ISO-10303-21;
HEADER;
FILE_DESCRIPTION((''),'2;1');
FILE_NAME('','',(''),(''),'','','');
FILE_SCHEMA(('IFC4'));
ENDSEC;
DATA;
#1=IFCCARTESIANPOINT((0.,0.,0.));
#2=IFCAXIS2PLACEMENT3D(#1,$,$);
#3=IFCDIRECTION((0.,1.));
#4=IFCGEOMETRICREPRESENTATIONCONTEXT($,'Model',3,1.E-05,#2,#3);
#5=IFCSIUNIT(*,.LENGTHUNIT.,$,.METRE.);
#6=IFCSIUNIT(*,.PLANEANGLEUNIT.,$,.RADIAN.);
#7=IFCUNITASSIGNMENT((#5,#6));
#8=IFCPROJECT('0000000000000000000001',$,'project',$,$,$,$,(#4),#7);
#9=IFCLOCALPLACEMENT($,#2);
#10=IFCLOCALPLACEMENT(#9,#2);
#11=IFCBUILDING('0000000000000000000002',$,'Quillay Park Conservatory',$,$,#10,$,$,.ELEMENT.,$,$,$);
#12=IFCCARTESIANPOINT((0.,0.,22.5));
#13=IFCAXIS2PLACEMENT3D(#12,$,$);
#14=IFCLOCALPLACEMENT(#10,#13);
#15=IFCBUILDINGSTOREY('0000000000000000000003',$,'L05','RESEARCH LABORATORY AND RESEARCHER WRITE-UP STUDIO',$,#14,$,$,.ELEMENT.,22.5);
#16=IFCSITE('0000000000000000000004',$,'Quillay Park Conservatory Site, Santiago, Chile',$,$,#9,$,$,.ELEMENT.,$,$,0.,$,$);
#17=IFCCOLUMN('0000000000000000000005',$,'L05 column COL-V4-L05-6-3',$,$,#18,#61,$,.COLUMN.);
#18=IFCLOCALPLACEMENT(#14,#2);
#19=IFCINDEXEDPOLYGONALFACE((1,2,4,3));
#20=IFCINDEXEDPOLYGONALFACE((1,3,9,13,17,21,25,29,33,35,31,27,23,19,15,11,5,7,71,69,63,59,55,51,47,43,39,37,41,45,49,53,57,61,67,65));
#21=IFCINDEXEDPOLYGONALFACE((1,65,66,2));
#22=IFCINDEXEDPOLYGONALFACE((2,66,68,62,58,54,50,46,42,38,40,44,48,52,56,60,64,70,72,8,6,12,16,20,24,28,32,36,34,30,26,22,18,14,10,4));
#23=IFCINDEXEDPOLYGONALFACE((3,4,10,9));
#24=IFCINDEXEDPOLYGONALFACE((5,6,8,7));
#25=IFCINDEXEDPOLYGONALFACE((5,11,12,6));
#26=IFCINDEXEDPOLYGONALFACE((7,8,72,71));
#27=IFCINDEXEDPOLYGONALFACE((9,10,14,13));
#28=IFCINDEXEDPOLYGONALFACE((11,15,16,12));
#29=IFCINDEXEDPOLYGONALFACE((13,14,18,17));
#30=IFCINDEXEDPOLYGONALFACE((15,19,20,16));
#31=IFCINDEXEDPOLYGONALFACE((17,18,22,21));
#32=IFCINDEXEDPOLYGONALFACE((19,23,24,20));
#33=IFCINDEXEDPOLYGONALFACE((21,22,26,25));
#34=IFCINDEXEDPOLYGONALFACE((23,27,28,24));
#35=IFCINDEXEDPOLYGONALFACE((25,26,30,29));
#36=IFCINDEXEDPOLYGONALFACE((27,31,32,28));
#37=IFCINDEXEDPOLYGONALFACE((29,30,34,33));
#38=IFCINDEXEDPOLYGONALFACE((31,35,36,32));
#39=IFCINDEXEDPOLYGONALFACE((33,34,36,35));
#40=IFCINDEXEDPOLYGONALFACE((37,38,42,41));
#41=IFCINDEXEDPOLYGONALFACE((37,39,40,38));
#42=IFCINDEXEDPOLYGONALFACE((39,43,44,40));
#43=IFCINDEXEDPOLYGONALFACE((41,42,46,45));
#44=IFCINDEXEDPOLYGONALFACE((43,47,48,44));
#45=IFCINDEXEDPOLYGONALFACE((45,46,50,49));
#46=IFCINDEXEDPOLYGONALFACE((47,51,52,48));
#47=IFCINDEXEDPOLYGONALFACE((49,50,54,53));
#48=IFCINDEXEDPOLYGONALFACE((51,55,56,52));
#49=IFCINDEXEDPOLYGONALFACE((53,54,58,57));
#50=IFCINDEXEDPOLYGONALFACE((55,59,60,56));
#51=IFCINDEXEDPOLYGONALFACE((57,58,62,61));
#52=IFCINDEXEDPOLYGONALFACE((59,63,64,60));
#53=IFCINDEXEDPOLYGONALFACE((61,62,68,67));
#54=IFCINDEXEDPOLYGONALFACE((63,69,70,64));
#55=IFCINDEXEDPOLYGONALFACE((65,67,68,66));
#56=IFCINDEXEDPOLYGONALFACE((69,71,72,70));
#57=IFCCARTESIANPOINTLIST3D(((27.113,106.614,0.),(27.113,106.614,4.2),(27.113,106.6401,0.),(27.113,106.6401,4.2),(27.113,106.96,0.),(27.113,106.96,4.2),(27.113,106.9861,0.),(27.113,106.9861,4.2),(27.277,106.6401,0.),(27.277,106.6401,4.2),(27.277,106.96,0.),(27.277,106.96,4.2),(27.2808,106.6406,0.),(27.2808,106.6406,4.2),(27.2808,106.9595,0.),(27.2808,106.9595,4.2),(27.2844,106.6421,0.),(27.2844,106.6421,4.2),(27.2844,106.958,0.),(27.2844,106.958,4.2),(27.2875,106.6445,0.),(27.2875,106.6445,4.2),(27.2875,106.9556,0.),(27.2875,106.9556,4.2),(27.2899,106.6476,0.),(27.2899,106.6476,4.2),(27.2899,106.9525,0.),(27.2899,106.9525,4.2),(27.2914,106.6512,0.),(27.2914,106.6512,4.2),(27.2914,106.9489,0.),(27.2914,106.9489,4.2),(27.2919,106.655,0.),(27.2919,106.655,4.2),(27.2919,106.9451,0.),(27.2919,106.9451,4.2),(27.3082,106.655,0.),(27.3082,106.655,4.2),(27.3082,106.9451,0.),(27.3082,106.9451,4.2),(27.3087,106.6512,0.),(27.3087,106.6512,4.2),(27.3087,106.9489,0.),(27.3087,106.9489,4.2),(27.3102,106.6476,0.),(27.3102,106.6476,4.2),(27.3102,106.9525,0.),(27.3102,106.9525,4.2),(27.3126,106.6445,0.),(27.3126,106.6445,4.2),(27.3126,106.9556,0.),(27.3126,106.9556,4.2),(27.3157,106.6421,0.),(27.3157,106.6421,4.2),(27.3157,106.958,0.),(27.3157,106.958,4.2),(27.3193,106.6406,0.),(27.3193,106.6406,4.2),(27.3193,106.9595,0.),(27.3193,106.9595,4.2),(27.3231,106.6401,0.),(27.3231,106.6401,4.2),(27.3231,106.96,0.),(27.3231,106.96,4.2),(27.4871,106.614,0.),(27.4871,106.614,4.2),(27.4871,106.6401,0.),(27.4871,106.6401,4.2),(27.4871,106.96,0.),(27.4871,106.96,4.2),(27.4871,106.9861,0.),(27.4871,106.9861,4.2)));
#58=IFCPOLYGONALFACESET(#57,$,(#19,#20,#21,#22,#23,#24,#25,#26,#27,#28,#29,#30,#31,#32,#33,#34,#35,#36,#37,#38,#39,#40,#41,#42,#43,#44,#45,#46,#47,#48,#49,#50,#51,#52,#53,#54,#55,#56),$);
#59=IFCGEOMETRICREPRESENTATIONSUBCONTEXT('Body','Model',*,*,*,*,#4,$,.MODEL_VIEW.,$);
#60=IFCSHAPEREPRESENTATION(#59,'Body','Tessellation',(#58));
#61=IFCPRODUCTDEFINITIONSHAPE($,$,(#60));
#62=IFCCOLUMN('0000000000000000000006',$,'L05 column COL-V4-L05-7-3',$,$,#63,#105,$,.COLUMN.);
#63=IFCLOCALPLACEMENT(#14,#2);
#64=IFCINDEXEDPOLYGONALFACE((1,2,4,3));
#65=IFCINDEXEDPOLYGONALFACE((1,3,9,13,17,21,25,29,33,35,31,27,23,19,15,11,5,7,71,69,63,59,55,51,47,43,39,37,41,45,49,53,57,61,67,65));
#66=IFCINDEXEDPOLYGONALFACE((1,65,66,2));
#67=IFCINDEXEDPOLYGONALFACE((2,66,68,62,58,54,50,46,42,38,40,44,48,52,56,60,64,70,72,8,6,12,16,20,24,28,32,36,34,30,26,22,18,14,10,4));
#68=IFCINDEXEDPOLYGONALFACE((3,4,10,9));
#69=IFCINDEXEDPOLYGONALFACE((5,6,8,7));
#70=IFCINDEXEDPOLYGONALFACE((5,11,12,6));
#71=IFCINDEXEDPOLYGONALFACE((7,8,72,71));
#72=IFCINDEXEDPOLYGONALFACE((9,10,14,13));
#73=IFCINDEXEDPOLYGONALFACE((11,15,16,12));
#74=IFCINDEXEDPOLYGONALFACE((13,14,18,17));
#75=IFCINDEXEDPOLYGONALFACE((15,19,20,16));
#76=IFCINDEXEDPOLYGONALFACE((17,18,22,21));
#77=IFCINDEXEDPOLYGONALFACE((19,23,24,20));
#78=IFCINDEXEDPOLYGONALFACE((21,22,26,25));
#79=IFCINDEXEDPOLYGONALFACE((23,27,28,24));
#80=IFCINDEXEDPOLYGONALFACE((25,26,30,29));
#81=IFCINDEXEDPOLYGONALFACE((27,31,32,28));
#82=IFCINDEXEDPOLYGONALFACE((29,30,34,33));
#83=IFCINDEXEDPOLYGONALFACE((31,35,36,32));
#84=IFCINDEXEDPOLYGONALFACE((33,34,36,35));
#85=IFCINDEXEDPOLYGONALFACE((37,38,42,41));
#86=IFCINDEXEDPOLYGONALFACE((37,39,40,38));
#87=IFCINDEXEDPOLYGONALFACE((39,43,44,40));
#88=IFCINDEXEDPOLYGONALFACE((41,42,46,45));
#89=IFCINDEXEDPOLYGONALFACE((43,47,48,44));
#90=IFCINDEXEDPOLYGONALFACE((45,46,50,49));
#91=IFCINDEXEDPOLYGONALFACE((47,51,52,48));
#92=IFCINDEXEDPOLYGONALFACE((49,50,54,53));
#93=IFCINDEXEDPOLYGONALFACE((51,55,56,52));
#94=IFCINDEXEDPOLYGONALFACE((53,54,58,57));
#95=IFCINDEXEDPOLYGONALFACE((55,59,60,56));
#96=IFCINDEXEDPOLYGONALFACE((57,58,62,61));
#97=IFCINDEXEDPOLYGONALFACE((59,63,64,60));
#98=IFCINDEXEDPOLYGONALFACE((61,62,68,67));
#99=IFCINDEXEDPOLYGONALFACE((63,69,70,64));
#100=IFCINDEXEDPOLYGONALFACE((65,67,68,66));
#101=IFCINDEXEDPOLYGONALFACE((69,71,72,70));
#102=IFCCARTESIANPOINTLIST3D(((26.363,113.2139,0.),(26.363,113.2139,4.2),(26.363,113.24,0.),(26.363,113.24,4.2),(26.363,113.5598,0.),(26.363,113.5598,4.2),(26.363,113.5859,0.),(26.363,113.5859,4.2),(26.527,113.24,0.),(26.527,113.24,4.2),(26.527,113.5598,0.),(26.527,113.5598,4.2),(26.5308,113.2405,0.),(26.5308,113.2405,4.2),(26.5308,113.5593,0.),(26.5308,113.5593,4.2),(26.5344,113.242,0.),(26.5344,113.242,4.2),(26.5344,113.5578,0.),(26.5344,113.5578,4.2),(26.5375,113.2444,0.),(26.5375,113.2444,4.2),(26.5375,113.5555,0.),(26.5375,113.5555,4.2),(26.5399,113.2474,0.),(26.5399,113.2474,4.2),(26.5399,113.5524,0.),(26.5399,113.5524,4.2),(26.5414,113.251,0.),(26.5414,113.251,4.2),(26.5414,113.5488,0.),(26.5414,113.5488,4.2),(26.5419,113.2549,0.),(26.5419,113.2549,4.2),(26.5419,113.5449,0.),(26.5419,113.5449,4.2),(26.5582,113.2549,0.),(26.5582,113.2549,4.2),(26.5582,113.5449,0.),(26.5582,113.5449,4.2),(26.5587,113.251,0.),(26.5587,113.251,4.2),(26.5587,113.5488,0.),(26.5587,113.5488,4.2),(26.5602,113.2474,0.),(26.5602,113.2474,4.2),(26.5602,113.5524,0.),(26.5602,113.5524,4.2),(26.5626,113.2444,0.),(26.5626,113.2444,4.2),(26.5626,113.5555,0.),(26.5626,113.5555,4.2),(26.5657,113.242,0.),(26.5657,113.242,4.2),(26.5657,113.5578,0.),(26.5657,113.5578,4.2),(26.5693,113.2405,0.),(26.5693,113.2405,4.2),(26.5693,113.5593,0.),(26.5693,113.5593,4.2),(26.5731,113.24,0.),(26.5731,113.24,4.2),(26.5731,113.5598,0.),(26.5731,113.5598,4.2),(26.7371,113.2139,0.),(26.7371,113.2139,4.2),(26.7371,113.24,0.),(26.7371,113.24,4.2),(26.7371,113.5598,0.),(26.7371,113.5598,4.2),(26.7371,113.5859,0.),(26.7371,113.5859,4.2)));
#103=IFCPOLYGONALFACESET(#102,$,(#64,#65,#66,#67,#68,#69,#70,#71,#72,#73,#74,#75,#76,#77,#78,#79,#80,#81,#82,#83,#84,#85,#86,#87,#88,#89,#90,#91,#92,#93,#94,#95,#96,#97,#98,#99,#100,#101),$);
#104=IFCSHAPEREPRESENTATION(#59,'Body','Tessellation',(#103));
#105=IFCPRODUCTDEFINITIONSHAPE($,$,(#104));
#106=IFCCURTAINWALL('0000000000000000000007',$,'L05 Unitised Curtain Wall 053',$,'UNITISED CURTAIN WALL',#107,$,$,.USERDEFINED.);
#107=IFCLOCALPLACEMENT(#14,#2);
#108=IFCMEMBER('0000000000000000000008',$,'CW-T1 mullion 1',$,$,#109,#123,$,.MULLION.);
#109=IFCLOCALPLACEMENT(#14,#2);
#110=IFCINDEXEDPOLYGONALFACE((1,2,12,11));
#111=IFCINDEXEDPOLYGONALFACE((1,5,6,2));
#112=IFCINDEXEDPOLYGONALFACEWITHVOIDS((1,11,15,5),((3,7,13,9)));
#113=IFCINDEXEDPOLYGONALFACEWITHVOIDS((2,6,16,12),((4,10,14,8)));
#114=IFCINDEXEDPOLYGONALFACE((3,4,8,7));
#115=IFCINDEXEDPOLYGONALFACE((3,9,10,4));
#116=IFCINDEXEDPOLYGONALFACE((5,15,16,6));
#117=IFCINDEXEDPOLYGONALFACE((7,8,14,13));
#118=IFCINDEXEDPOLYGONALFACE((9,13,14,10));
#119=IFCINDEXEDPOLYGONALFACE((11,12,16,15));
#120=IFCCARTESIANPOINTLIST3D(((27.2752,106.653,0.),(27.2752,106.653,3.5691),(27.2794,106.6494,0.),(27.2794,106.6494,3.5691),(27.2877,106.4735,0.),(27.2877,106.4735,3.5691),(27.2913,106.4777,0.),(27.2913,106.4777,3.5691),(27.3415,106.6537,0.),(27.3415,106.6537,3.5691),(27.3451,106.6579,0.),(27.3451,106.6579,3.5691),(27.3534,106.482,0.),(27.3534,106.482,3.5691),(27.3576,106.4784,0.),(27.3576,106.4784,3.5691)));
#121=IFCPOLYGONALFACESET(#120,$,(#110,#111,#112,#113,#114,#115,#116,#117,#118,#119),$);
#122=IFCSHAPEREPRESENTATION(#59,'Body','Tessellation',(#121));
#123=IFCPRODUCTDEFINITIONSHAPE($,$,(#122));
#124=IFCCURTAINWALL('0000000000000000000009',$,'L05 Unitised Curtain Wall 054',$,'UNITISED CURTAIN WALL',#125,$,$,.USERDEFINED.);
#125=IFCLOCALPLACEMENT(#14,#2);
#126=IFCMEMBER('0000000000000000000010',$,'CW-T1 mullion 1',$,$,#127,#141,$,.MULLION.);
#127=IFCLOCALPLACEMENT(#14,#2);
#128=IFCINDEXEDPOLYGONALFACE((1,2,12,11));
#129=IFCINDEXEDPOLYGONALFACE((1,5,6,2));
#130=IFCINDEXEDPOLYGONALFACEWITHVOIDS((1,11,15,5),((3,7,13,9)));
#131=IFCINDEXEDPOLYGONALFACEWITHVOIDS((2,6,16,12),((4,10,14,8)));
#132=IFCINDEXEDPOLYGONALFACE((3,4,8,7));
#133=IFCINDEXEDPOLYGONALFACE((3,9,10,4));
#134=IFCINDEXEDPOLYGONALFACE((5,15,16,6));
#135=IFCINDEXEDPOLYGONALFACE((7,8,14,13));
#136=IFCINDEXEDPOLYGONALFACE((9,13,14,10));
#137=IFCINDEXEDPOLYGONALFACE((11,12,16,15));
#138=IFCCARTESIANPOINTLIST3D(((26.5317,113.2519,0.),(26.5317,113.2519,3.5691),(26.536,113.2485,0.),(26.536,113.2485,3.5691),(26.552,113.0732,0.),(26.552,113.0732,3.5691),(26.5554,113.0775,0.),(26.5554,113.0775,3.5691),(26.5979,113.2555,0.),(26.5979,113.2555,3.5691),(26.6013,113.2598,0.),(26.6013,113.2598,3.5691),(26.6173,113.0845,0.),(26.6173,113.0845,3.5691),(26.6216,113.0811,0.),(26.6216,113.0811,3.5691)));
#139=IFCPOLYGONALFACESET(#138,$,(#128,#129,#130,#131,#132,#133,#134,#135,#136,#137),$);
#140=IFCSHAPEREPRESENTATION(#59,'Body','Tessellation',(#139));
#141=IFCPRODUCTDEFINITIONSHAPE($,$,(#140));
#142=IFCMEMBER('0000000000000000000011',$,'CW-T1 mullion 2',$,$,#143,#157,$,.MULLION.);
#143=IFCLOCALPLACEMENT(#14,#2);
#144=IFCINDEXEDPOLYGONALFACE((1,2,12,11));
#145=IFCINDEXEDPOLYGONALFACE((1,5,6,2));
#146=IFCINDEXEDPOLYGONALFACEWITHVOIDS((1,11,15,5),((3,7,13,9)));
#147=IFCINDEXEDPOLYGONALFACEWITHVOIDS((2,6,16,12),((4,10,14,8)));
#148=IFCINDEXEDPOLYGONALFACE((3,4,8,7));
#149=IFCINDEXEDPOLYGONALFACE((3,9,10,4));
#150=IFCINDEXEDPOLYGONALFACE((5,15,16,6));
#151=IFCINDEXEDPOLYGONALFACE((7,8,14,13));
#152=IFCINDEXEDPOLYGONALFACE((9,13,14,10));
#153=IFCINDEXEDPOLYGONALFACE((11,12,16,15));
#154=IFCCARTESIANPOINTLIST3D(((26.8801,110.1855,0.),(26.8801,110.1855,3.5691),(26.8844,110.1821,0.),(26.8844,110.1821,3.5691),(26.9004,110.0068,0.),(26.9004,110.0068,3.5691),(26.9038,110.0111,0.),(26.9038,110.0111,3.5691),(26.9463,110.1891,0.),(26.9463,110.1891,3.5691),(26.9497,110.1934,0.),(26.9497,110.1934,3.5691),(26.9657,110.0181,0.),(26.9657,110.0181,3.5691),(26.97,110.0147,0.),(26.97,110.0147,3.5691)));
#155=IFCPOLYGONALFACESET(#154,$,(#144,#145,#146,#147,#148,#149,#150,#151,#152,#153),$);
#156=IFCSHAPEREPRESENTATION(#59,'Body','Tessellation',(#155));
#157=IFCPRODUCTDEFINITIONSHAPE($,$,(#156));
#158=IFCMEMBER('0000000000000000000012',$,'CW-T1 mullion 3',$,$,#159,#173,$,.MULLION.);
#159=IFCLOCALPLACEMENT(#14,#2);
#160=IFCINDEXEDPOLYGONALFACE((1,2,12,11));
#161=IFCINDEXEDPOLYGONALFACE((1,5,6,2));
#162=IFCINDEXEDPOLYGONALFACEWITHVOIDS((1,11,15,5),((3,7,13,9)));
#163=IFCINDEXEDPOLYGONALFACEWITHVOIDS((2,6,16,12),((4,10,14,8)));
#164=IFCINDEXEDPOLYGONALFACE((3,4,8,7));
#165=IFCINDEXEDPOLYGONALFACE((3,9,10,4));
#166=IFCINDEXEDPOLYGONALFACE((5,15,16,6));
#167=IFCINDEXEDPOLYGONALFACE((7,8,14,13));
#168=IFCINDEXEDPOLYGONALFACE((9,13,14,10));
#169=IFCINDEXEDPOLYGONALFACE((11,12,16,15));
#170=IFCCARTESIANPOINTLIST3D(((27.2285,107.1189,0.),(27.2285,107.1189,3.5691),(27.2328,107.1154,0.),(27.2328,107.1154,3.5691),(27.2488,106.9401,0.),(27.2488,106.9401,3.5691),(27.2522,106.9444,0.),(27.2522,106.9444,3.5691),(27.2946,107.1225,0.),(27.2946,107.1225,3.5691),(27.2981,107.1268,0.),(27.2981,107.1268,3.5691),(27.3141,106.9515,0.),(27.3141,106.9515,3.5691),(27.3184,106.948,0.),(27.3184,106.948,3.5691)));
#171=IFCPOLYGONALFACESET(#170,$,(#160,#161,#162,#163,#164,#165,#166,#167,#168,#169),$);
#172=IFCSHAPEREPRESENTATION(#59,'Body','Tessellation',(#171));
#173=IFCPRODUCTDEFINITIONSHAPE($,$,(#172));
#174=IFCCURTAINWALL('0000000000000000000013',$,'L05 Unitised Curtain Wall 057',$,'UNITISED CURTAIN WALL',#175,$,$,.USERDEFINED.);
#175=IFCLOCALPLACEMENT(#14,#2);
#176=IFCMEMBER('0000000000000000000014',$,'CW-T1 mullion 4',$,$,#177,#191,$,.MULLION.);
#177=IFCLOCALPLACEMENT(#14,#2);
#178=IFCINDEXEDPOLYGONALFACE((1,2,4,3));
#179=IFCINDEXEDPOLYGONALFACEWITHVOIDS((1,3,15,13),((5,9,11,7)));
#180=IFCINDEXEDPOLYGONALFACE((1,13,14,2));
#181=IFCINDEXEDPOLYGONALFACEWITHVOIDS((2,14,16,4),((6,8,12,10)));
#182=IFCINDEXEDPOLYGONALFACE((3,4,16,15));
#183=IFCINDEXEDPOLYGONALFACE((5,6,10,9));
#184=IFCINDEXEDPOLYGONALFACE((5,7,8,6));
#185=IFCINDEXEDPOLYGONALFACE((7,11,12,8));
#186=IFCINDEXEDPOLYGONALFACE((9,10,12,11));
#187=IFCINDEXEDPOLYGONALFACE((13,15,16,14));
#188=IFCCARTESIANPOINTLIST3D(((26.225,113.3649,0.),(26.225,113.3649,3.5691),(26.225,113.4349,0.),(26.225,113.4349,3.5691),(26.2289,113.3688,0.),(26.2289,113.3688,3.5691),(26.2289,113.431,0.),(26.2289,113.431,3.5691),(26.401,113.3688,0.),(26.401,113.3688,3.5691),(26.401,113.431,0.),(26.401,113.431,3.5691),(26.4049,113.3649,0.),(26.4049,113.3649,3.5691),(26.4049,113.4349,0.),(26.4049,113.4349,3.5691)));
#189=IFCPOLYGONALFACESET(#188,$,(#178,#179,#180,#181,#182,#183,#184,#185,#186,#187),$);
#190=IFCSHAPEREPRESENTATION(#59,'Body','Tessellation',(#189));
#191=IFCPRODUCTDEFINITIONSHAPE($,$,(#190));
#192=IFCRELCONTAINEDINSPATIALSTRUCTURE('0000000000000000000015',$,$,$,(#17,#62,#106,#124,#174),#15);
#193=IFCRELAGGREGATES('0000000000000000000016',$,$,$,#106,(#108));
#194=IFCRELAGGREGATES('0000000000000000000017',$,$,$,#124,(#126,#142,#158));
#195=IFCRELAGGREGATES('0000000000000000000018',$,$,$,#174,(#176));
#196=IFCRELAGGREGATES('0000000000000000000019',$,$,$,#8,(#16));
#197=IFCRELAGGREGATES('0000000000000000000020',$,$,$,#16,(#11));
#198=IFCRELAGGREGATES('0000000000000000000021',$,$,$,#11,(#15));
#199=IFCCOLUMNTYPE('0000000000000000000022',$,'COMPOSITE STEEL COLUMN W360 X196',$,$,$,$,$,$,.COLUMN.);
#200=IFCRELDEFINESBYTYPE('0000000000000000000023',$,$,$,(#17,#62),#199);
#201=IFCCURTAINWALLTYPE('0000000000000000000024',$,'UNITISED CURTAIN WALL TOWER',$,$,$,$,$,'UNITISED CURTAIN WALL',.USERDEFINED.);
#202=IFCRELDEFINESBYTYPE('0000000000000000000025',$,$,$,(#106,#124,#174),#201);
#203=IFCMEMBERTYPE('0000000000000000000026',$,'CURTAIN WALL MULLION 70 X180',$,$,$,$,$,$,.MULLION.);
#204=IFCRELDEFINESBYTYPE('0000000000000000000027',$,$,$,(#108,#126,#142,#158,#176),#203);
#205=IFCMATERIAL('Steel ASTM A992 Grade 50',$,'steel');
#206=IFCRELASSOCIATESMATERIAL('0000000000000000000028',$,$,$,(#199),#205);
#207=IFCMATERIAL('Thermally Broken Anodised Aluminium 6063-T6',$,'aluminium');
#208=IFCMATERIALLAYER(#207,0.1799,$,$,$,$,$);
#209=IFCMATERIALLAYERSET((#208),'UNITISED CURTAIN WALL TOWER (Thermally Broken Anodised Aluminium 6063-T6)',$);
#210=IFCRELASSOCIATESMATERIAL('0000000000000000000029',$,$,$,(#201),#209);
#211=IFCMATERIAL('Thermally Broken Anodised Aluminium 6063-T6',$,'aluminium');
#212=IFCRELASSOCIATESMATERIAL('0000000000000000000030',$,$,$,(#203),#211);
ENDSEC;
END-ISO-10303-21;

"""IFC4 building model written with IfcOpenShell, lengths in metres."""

from ifc_helpers import new_model, si_unit, direction, frame, origin, origin_2d, place, context, subcontext, project, spatial, hollow_rectangle, i_section, extrude, material, layer, layer_set, material_profile, profile_set, type_object, element, aggregate, save


model = new_model("IFC4")

# Units and contexts
model_context = context("Model", 3, precision=1e-05, world=origin(), true_north=direction((0.0, 1.0)))
body_context = subcontext(model_context, "Body", "Model", "MODEL_VIEW")
ifc_project = project(units=[si_unit("LENGTHUNIT", "METRE"), si_unit("PLANEANGLEUNIT", "RADIAN")], contexts=[model_context])

# Site, building, storey
site_placement = place(None, origin())
site = spatial("IfcSite", under=ifc_project, at=site_placement, Name="Quillay Park Conservatory Site, Santiago, Chile", CompositionType="ELEMENT", RefElevation=0.0)
building_placement = place(site_placement, origin())
building = spatial("IfcBuilding", under=site, at=building_placement, Name="Quillay Park Conservatory", CompositionType="ELEMENT")
storey_placement = place(building_placement, frame((0.0, 0.0, 22.5)))
storey = spatial("IfcBuildingStorey", under=building, at=storey_placement, Name="L05", Description="RESEARCH LABORATORY AND RESEARCHER WRITE-UP STUDIO", CompositionType="ELEMENT", Elevation=22.5)

# Columns
ifc_material_1 = material(Name="Steel ASTM A992 Grade 50", Category="steel")
ifc_material_profile_1 = material_profile(ifc_material_1, i_section(OverallWidth=0.374, OverallDepth=0.3721, WebThickness=0.0164, FlangeThickness=0.0261, FilletRadius=0.0149, at=origin_2d()), Name="W360x196")
ifc_profile_set_1 = profile_set([ifc_material_profile_1], Name="Steel ASTM A992 Grade 50")
column_type = type_object("IfcColumnType", Name="COMPOSITE STEEL COLUMN W360 X196", PredefinedType="COLUMN", material=ifc_profile_set_1)
for number, where, z_axis, x_axis, name in (
    (1, (27.3, 106.8, 0.0), (0.0, 0.0, 1.0), (1.0, 0.0, 0.0), "L05 column COL-V4-L05-6-3"),
    (2, (26.55, 113.3999, 0.0), (0.0, 0.0, 1.0), (1.0, 0.0, 0.0), "L05 column COL-V4-L05-7-3"),
):
    element("IfcColumn", number, at=place(storey_placement, frame(where, z_axis=z_axis, x_axis=x_axis)), inside=storey, type_object=column_type, Name=name, PredefinedType="COLUMN", context=body_context, shape_type="SweptSolid", body=[
        extrude(i_section(OverallWidth=0.374, OverallDepth=0.3721, WebThickness=0.0164, FlangeThickness=0.0261, FilletRadius=0.0149, at=origin_2d()), origin(), (0.0, 0.0, 1.0), 4.2),
    ])

# Curtain wall, member
ifc_material_2 = material(Name="Thermally Broken Anodised Aluminium 6063-T6", Category="aluminium")
ifc_layer_1 = layer(ifc_material_2, 0.1799)
ifc_layer_set_1 = layer_set([ifc_layer_1], Name="UNITISED CURTAIN WALL TOWER (Thermally Broken Anodised Aluminium 6063-T6)")
curtain_wall_type = type_object("IfcCurtainWallType", Name="UNITISED CURTAIN WALL TOWER", ElementType="UNITISED CURTAIN WALL", PredefinedType="USERDEFINED", material=ifc_layer_set_1)
curtain_wall_1_placement = place(storey_placement, origin())
curtain_wall_1 = element("IfcCurtainWall", 3, at=curtain_wall_1_placement, inside=storey, type_object=curtain_wall_type, Name="L05 Unitised Curtain Wall 053", ObjectType="UNITISED CURTAIN WALL", PredefinedType="USERDEFINED")
ifc_material_3 = material(Name="Thermally Broken Anodised Aluminium 6063-T6", Category="aluminium")
ifc_material_profile_2 = material_profile(ifc_material_3, hollow_rectangle(XDim=0.0701, YDim=0.1799, WallThickness=0.0039, at=origin_2d()), Name="AL70x180x4")
ifc_profile_set_2 = profile_set([ifc_material_profile_2], Name="Thermally Broken Anodised Aluminium 6063-T6")
member_type_1 = type_object("IfcMemberType", Name="CURTAIN WALL MULLION 70 X180", PredefinedType="MULLION", material=ifc_profile_set_2)
member_1_placement = place(storey_placement, frame((27.3164, 106.5657, 0.0), z_axis=(0.0, 0.0, 1.0), x_axis=(0.997598, 0.069264, 0.0)))
member_1 = element("IfcMember", 4, at=member_1_placement, type_object=member_type_1, Name="CW-T1 mullion 1", PredefinedType="MULLION", context=body_context, shape_type="SweptSolid", body=[
    extrude(hollow_rectangle(XDim=0.0701, YDim=0.1799, WallThickness=0.0039, at=origin_2d()), origin(), (0.0, 0.0, 1.0), 3.5691),
])

# Curtain wall, members
curtain_wall_2_placement = place(storey_placement, origin())
curtain_wall_2 = element("IfcCurtainWall", 5, at=curtain_wall_2_placement, inside=storey, type_object=curtain_wall_type, Name="L05 Unitised Curtain Wall 054", ObjectType="UNITISED CURTAIN WALL", PredefinedType="USERDEFINED")
member_2_placement = place(storey_placement, frame((26.5767, 113.1665, 0.0), z_axis=(0.0, 0.0, 1.0), x_axis=(0.993606, 0.112903, 0.0)))
member_2 = element("IfcMember", 6, at=member_2_placement, type_object=member_type_1, Name="CW-T1 mullion 1", PredefinedType="MULLION", context=body_context, shape_type="SweptSolid", body=[
    extrude(hollow_rectangle(XDim=0.0701, YDim=0.1799, WallThickness=0.0039, at=origin_2d()), origin(), (0.0, 0.0, 1.0), 3.5691),
])
member_3_placement = place(storey_placement, frame((26.925, 110.1001, 0.0), z_axis=(0.0, 0.0, 1.0), x_axis=(0.993606, 0.112903, 0.0)))
member_3 = element("IfcMember", 7, at=member_3_placement, type_object=member_type_1, Name="CW-T1 mullion 2", PredefinedType="MULLION", context=body_context, shape_type="SweptSolid", body=[
    extrude(hollow_rectangle(XDim=0.0701, YDim=0.1799, WallThickness=0.0039, at=origin_2d()), origin(), (0.0, 0.0, 1.0), 3.5691),
])
member_4_placement = place(storey_placement, frame((27.2734, 107.0334, 0.0), z_axis=(0.0, 0.0, 1.0), x_axis=(0.993606, 0.112903, 0.0)))
member_4 = element("IfcMember", 8, at=member_4_placement, type_object=member_type_1, Name="CW-T1 mullion 3", PredefinedType="MULLION", context=body_context, shape_type="SweptSolid", body=[
    extrude(hollow_rectangle(XDim=0.0701, YDim=0.1799, WallThickness=0.0039, at=origin_2d()), origin(), (0.0, 0.0, 1.0), 3.5691),
])

# Curtain wall, member
curtain_wall_3_placement = place(storey_placement, origin())
curtain_wall_3 = element("IfcCurtainWall", 9, at=curtain_wall_3_placement, inside=storey, type_object=curtain_wall_type, Name="L05 Unitised Curtain Wall 057", ObjectType="UNITISED CURTAIN WALL", PredefinedType="USERDEFINED")
member_5_placement = place(storey_placement, frame((26.3149, 113.3999, 0.0), z_axis=(0.0, 0.0, 1.0), x_axis=(0.0, 1.0, 0.0)))
member_5 = element("IfcMember", 10, at=member_5_placement, type_object=member_type_1, Name="CW-T1 mullion 4", PredefinedType="MULLION", context=body_context, shape_type="SweptSolid", body=[
    extrude(hollow_rectangle(XDim=0.0701, YDim=0.1799, WallThickness=0.0039, at=origin_2d()), origin(), (0.0, 0.0, 1.0), 3.5691),
])

aggregate(curtain_wall_1, [member_1])
aggregate(curtain_wall_2, [member_2, member_3, member_4])
aggregate(curtain_wall_3, [member_5])

save(model, "model.ifc")
